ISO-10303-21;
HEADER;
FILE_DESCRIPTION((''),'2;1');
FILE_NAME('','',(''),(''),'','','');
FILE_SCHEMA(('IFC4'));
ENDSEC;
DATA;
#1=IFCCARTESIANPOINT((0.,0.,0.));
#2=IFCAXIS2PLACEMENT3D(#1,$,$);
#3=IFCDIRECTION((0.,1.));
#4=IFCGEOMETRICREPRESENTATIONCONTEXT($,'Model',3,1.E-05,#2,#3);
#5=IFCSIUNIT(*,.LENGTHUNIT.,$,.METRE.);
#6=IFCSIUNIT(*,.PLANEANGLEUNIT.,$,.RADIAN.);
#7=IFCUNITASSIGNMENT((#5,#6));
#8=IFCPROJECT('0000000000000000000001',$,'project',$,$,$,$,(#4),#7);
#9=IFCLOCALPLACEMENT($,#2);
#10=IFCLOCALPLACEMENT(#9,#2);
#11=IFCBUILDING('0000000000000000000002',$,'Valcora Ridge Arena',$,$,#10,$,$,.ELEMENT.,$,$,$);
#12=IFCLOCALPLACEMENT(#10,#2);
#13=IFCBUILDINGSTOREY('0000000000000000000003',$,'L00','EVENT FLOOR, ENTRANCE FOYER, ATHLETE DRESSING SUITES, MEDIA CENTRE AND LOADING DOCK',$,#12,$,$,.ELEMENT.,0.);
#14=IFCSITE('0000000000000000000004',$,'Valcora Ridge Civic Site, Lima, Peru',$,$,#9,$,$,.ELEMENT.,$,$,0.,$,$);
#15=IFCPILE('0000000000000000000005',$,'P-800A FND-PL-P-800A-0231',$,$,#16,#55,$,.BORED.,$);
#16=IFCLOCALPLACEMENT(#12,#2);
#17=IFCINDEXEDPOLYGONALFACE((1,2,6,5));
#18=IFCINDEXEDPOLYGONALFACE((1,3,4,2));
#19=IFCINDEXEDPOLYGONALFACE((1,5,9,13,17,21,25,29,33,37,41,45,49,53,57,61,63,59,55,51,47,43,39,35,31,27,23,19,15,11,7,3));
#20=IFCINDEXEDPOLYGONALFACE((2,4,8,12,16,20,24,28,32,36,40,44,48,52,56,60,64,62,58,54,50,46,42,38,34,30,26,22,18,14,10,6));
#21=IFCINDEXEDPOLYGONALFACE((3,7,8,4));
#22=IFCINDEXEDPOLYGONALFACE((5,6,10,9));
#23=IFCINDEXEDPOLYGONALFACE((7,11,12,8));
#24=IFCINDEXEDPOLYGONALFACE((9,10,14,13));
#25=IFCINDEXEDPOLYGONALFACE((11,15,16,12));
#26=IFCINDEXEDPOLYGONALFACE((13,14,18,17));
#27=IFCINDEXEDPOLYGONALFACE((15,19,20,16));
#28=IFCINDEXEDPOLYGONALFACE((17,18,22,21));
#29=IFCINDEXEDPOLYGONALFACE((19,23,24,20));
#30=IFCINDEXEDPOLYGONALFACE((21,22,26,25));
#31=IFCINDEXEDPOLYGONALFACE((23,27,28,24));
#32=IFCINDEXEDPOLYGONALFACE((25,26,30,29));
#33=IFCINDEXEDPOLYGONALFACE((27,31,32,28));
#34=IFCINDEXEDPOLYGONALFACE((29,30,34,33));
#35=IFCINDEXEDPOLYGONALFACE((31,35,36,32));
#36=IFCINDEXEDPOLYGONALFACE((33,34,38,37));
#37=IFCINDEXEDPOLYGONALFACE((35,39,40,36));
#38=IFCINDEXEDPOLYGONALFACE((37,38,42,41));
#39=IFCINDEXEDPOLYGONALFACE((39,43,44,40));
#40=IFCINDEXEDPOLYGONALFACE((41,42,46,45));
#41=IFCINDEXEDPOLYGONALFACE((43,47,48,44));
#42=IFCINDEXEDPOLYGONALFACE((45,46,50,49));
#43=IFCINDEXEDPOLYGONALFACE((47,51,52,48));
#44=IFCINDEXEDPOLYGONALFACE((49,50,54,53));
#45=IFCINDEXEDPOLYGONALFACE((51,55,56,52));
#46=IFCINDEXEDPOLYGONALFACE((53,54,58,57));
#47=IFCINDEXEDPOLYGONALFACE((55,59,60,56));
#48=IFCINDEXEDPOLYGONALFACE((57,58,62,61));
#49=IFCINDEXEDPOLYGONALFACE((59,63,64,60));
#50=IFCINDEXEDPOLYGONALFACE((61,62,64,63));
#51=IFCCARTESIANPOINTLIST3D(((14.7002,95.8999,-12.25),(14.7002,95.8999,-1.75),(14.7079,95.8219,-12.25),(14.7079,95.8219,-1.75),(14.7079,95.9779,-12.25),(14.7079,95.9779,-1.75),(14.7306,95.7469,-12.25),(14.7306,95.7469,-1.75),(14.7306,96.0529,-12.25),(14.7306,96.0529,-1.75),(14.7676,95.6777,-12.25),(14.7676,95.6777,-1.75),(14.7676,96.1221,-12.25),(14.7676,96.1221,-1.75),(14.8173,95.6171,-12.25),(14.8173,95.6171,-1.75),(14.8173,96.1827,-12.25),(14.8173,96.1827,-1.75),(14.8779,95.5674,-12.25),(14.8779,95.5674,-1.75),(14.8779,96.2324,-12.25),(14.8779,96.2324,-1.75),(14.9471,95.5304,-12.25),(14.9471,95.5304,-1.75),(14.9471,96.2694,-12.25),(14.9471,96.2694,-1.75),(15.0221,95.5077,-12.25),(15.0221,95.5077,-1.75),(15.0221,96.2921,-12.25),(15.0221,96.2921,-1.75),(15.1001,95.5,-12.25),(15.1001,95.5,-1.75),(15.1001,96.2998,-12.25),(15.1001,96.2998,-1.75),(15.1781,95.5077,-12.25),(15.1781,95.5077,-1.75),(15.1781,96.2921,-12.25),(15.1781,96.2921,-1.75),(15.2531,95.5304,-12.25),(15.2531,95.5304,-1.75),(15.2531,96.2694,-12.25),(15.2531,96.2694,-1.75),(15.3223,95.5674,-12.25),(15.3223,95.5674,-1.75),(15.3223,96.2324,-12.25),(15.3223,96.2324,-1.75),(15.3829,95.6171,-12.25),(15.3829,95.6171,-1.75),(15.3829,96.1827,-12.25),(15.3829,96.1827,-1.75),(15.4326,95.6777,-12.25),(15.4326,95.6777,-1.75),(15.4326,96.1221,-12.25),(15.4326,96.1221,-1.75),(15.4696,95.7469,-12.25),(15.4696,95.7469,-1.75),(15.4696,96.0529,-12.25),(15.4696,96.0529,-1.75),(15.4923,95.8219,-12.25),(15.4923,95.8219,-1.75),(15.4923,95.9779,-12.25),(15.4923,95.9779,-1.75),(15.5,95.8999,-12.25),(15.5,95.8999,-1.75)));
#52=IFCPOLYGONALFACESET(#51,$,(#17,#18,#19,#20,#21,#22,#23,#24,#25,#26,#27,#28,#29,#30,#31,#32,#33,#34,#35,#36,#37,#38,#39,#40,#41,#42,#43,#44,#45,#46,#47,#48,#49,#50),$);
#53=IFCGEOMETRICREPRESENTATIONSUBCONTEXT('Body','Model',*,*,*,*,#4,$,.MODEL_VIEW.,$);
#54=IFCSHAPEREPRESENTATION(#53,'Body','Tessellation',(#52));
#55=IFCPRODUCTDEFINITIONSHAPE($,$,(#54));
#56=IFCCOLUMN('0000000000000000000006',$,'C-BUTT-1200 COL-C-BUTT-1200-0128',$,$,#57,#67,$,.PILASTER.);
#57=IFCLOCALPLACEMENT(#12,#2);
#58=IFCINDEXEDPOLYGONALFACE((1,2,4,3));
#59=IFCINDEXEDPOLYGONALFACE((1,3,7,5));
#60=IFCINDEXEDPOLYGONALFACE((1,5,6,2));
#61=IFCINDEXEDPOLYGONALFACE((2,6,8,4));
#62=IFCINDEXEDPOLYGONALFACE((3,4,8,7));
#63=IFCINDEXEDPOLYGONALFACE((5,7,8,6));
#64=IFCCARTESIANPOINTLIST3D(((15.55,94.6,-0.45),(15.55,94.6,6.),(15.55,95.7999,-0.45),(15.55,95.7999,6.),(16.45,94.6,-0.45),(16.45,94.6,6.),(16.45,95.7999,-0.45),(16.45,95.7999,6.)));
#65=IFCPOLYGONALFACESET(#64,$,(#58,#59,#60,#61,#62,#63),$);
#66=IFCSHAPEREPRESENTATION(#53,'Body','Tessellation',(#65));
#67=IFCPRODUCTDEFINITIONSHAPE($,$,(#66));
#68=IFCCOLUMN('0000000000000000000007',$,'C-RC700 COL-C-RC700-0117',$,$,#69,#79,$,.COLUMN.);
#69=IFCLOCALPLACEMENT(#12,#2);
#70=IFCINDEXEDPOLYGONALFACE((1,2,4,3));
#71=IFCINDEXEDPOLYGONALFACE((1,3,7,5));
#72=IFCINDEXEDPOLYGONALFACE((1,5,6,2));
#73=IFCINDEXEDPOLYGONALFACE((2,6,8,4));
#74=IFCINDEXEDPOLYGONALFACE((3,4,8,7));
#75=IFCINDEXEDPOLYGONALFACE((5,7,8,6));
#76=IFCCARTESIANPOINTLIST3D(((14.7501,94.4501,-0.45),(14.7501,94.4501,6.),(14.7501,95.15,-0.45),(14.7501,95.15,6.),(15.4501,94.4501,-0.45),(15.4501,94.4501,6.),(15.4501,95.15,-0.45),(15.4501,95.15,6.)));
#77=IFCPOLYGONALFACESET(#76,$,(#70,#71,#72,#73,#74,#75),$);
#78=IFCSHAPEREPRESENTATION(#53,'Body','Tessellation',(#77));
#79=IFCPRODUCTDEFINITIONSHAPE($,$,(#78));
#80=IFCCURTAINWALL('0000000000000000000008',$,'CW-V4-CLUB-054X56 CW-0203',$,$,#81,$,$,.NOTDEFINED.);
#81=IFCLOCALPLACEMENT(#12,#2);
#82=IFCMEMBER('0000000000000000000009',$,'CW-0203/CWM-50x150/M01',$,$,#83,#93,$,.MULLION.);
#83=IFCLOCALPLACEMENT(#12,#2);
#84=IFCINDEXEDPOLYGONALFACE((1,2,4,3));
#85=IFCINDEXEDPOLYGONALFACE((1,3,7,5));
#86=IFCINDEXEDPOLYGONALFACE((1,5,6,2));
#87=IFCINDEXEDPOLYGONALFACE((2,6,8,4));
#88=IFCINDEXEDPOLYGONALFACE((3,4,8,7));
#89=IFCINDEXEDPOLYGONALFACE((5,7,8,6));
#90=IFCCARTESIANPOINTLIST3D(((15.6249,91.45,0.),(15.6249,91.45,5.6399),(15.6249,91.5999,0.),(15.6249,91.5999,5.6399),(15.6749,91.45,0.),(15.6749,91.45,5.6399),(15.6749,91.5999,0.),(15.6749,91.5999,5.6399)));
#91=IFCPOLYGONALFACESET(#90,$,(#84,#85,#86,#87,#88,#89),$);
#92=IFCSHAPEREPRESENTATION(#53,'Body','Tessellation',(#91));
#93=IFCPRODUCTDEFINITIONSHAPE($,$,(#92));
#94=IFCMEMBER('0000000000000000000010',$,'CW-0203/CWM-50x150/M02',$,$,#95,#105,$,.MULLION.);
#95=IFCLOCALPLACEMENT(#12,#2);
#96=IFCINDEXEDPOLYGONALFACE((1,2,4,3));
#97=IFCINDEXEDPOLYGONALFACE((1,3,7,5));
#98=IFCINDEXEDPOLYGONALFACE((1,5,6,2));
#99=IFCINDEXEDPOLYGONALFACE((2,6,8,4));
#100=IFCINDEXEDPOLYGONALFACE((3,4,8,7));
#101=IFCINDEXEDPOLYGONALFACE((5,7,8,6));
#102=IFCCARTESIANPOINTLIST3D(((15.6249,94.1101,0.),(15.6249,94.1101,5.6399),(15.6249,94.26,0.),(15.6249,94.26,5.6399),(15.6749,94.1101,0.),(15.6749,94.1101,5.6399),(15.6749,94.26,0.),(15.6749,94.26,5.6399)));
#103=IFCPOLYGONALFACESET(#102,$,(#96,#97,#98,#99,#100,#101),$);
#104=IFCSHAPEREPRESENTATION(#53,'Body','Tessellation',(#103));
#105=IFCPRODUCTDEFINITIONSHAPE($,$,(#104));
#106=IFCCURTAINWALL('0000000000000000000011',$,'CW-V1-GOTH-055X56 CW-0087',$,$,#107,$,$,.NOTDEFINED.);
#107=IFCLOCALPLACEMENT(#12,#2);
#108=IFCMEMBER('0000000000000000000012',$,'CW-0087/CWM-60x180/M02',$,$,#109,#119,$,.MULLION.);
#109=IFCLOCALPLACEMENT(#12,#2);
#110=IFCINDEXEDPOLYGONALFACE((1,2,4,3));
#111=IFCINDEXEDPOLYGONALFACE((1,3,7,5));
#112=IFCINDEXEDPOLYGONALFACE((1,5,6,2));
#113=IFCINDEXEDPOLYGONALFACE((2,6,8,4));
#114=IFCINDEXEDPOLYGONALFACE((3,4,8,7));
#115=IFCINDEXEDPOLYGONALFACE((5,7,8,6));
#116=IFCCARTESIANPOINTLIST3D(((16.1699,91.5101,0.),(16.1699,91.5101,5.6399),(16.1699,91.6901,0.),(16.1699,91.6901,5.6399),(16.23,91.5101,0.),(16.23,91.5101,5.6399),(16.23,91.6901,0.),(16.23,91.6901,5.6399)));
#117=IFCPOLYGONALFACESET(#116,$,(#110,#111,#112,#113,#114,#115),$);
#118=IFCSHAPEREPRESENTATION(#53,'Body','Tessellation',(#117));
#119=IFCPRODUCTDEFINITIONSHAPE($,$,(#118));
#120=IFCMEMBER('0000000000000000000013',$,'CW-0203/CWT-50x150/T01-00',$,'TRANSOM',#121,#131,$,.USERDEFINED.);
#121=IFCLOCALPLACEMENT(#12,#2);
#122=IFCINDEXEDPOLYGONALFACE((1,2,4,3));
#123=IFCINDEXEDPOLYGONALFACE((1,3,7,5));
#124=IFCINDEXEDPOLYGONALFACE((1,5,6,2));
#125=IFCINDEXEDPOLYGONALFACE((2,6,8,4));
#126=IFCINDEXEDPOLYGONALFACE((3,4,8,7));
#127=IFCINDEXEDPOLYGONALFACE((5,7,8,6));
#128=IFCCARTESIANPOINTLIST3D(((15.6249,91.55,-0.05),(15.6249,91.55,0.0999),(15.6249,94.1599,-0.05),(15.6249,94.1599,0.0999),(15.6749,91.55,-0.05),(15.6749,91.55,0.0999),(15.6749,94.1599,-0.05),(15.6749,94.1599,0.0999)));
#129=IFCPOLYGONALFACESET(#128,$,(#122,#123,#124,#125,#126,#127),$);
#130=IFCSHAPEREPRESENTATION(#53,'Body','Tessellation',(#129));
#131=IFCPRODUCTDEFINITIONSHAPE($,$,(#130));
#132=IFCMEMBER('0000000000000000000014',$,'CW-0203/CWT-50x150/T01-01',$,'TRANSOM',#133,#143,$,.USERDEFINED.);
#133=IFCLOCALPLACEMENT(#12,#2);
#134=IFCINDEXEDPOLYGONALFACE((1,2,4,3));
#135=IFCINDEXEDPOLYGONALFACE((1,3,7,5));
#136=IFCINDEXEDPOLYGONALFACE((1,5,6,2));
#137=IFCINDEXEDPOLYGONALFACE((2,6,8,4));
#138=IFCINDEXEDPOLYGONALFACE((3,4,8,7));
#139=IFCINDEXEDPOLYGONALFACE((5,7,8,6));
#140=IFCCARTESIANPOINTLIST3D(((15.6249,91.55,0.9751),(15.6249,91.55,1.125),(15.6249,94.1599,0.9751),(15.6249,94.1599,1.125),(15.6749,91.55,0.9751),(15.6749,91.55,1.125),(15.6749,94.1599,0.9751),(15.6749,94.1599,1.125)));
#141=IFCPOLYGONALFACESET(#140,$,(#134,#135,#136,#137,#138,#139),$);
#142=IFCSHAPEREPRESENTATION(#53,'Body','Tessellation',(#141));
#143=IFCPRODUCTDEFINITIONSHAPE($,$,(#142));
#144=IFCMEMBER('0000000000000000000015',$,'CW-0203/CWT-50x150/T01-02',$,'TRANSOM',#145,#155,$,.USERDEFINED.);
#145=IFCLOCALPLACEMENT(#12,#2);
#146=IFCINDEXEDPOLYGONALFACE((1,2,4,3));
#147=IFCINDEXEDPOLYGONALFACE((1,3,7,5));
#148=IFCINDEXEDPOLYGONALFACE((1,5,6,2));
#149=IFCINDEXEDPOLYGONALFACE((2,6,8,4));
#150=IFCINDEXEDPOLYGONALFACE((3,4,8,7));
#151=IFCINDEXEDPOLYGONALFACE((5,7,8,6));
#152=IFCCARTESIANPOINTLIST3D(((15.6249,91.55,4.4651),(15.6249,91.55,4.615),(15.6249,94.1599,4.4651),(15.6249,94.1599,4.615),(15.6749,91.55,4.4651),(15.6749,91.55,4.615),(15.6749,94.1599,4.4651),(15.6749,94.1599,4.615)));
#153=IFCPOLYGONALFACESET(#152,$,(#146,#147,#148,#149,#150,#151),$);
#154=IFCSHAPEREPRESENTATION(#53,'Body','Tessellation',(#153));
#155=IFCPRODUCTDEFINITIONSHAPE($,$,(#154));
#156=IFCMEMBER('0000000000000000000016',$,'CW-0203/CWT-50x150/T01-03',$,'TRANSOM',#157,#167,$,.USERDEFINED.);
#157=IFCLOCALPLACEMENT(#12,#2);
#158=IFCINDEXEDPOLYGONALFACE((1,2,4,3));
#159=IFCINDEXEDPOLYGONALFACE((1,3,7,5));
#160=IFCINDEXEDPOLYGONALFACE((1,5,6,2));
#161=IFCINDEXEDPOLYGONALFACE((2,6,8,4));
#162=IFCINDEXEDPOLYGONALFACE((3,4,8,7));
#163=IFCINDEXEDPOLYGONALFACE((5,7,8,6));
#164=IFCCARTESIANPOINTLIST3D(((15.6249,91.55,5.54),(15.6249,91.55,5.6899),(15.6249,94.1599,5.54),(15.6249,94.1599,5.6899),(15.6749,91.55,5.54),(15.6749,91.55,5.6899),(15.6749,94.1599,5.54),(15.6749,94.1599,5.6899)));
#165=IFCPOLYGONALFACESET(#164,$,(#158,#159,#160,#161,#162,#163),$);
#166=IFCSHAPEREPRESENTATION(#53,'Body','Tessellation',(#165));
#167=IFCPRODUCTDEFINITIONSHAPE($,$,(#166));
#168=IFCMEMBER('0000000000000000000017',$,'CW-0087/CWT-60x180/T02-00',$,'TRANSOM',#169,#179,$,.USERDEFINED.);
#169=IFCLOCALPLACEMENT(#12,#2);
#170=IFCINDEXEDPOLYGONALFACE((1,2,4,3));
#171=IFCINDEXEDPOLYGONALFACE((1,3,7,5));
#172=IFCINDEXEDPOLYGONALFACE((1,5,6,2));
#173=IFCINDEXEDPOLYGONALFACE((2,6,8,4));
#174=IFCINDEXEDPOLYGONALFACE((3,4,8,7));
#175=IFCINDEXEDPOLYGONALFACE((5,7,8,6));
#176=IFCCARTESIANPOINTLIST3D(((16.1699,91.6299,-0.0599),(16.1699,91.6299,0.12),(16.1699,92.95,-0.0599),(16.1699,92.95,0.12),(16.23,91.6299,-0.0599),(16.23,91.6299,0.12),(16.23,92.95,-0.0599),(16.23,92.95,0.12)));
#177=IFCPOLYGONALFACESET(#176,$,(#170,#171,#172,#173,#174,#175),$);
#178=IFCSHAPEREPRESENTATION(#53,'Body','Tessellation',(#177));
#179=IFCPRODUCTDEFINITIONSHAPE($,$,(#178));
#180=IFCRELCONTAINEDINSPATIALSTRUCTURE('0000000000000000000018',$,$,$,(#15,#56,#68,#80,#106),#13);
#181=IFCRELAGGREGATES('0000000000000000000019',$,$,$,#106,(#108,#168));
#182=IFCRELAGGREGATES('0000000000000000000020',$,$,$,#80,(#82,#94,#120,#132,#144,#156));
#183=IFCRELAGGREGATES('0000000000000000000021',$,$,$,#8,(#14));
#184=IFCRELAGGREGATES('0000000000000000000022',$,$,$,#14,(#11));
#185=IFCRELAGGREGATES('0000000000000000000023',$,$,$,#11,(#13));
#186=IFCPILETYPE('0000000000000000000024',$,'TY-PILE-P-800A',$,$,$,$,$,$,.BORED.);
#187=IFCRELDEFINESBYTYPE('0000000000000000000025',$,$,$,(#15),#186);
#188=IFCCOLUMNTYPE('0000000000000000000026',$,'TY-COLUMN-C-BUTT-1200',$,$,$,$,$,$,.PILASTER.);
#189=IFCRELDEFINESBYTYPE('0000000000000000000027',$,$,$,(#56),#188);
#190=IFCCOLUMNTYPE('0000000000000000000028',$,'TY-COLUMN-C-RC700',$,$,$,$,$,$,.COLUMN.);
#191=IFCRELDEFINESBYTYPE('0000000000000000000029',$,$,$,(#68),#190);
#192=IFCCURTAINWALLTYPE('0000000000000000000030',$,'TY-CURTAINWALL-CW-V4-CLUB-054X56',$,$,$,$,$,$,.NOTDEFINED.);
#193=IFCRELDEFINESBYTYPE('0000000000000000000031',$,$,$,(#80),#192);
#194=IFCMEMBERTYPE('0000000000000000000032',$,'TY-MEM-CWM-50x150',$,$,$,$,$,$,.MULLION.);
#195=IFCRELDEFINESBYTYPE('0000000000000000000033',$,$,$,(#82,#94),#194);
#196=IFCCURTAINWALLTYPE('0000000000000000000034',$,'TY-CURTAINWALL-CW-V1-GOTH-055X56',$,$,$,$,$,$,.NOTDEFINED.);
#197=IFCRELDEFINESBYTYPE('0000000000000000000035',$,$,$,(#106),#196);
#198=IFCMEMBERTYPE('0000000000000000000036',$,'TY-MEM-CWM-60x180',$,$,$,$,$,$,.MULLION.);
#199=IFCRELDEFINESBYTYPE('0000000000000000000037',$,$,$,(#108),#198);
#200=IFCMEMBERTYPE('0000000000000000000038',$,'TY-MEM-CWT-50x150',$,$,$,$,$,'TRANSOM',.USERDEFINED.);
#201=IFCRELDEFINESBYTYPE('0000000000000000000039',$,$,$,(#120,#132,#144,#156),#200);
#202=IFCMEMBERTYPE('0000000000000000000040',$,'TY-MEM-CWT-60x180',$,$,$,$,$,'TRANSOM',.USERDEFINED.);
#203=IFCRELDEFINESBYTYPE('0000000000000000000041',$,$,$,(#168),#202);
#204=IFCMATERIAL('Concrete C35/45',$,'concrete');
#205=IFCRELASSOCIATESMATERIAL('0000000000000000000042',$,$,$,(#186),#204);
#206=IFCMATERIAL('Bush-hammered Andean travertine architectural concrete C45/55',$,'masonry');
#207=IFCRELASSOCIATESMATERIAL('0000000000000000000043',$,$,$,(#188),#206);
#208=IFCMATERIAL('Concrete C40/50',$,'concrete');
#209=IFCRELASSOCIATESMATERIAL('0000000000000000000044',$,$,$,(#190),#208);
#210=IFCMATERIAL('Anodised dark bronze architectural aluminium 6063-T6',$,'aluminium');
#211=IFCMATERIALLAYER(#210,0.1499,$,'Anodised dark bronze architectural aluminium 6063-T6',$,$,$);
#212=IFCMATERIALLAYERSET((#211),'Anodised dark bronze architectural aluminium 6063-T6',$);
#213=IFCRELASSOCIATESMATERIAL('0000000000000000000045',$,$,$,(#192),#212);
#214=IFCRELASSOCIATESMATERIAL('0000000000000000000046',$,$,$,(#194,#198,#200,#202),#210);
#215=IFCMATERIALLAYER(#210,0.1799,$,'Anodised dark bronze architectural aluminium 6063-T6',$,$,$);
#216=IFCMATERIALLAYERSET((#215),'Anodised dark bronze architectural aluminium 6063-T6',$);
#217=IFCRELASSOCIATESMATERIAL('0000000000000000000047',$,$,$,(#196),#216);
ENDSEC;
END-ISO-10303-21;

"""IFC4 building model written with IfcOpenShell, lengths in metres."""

from ifc_helpers import new_model, si_unit, direction, frame, origin, origin_2d, place, context, subcontext, project, spatial, rectangle, circle, extrude, material, layer, layer_set, material_profile, profile_set, type_object, element, aggregate, save


model = new_model("IFC4")

# Units and contexts
model_context = context("Model", 3, precision=1e-05, world=origin(), true_north=direction((0.0, 1.0)))
body_context = subcontext(model_context, "Body", "Model", "MODEL_VIEW")
ifc_project = project(units=[si_unit("LENGTHUNIT", "METRE"), si_unit("PLANEANGLEUNIT", "RADIAN")], contexts=[model_context])

# Site, building, storey
site_placement = place(None, origin())
site = spatial("IfcSite", under=ifc_project, at=site_placement, Name="Valcora Ridge Civic Site, Lima, Peru", CompositionType="ELEMENT", RefElevation=0.0)
building_placement = place(site_placement, origin())
building = spatial("IfcBuilding", under=site, at=building_placement, Name="Valcora Ridge Arena", CompositionType="ELEMENT")
storey_placement = place(building_placement, origin())
storey = spatial("IfcBuildingStorey", under=building, at=storey_placement, Name="L00", Description="EVENT FLOOR, ENTRANCE FOYER, ATHLETE DRESSING SUITES, MEDIA CENTRE AND LOADING DOCK", CompositionType="ELEMENT", Elevation=0.0)

# Pile
ifc_material_1 = material(Name="Concrete C35/45", Category="concrete")
ifc_material_profile_1 = material_profile(ifc_material_1, circle(Radius=0.3999, at=origin_2d()), Name="BORED PILE D800")
ifc_profile_set_1 = profile_set([ifc_material_profile_1], Name="Concrete C35/45")
pile_type = type_object("IfcPileType", Name="TY-PILE-P-800A", PredefinedType="BORED", material=ifc_profile_set_1)
pile_placement = place(storey_placement, frame((15.1001, 95.8999, -1.75), z_axis=(0.0, 0.0, -1.0), x_axis=(1.0, 0.0, 0.0)))
element("IfcPile", 1, at=pile_placement, inside=storey, type_object=pile_type, Name="P-800A FND-PL-P-800A-0231", PredefinedType="BORED", context=body_context, shape_type="SweptSolid", body=[
    extrude(circle(Radius=0.3999, at=origin_2d()), origin(), (0.0, 0.0, 1.0), 10.5),
])

# Columns
ifc_material_2 = material(Name="Bush-hammered Andean travertine architectural concrete C45/55", Category="masonry")
ifc_material_profile_2 = material_profile(ifc_material_2, rectangle(XDim=0.8999, YDim=1.2, at=origin_2d()), Name="RC 900x1200")
ifc_profile_set_2 = profile_set([ifc_material_profile_2], Name="Bush-hammered Andean travertine architectural concrete C45/55")
column_type_1 = type_object("IfcColumnType", Name="TY-COLUMN-C-BUTT-1200", PredefinedType="PILASTER", material=ifc_profile_set_2)
column_1_placement = place(storey_placement, frame((16.0, 95.2, -0.45), z_axis=(0.0, 0.0, 1.0), x_axis=(1.0, 0.0, 0.0)))
element("IfcColumn", 2, at=column_1_placement, inside=storey, type_object=column_type_1, Name="C-BUTT-1200 COL-C-BUTT-1200-0128", PredefinedType="PILASTER", context=body_context, shape_type="SweptSolid", body=[
    extrude(rectangle(XDim=0.8999, YDim=1.2, at=origin_2d()), origin(), (0.0, 0.0, 1.0), 6.45),
])
ifc_material_3 = material(Name="Concrete C40/50", Category="concrete")
ifc_material_profile_3 = material_profile(ifc_material_3, rectangle(XDim=0.7, YDim=0.7, at=origin_2d()), Name="RC 700x700")
ifc_profile_set_3 = profile_set([ifc_material_profile_3], Name="Concrete C40/50")
column_type_2 = type_object("IfcColumnType", Name="TY-COLUMN-C-RC700", PredefinedType="COLUMN", material=ifc_profile_set_3)
column_2_placement = place(storey_placement, frame((15.1001, 94.8, -0.45), z_axis=(0.0, 0.0, 1.0), x_axis=(1.0, 0.0, 0.0)))
element("IfcColumn", 3, at=column_2_placement, inside=storey, type_object=column_type_2, Name="C-RC700 COL-C-RC700-0117", PredefinedType="COLUMN", context=body_context, shape_type="SweptSolid", body=[
    extrude(rectangle(XDim=0.7, YDim=0.7, at=origin_2d()), origin(), (0.0, 0.0, 1.0), 6.45),
])

# Curtain wall, members
ifc_material_4 = material(Name="Anodised dark bronze architectural aluminium 6063-T6", Category="aluminium")
ifc_layer_1 = layer(ifc_material_4, 0.1499, Name="Anodised dark bronze architectural aluminium 6063-T6")
ifc_layer_set_1 = layer_set([ifc_layer_1], Name="Anodised dark bronze architectural aluminium 6063-T6")
curtain_wall_type_1 = type_object("IfcCurtainWallType", Name="TY-CURTAINWALL-CW-V4-CLUB-054X56", PredefinedType="NOTDEFINED", material=ifc_layer_set_1)
curtain_wall_1_placement = place(storey_placement, origin())
curtain_wall_1 = element("IfcCurtainWall", 4, at=curtain_wall_1_placement, inside=storey, type_object=curtain_wall_type_1, Name="CW-V4-CLUB-054X56 CW-0203", PredefinedType="NOTDEFINED")
ifc_material_profile_4 = material_profile(ifc_material_4, rectangle(XDim=0.05, YDim=0.1499, at=origin_2d()), Name="ALU MULLION 50x150")
ifc_profile_set_4 = profile_set([ifc_material_profile_4], Name="Anodised dark bronze architectural aluminium 6063-T6")
member_type_1 = type_object("IfcMemberType", Name="TY-MEM-CWM-50x150", PredefinedType="MULLION", material=ifc_profile_set_4)
member_1_placement = place(storey_placement, frame((15.6499, 91.5249, 0.0), z_axis=(0.0, 0.0, 1.0), x_axis=(-1.0, 0.0, 0.0)))
member_1 = element("IfcMember", 5, at=member_1_placement, type_object=member_type_1, Name="CW-0203/CWM-50x150/M01", PredefinedType="MULLION", context=body_context, shape_type="SweptSolid", body=[
    extrude(rectangle(XDim=0.05, YDim=0.1499, at=origin_2d()), origin(), (0.0, 0.0, 1.0), 5.6399),
])
member_2_placement = place(storey_placement, frame((15.6499, 94.1851, 0.0), z_axis=(0.0, 0.0, 1.0), x_axis=(-1.0, 0.0, 0.0)))
member_2 = element("IfcMember", 6, at=member_2_placement, type_object=member_type_1, Name="CW-0203/CWM-50x150/M02", PredefinedType="MULLION", context=body_context, shape_type="SweptSolid", body=[
    extrude(rectangle(XDim=0.05, YDim=0.1499, at=origin_2d()), origin(), (0.0, 0.0, 1.0), 5.6399),
])

# Curtain wall, member
ifc_layer_2 = layer(ifc_material_4, 0.1799, Name="Anodised dark bronze architectural aluminium 6063-T6")
ifc_layer_set_2 = layer_set([ifc_layer_2], Name="Anodised dark bronze architectural aluminium 6063-T6")
curtain_wall_type_2 = type_object("IfcCurtainWallType", Name="TY-CURTAINWALL-CW-V1-GOTH-055X56", PredefinedType="NOTDEFINED", material=ifc_layer_set_2)
curtain_wall_2_placement = place(storey_placement, origin())
curtain_wall_2 = element("IfcCurtainWall", 7, at=curtain_wall_2_placement, inside=storey, type_object=curtain_wall_type_2, Name="CW-V1-GOTH-055X56 CW-0087", PredefinedType="NOTDEFINED")
ifc_material_profile_5 = material_profile(ifc_material_4, rectangle(XDim=0.0601, YDim=0.1799, at=origin_2d()), Name="ALU MULLION 60x180")
ifc_profile_set_5 = profile_set([ifc_material_profile_5], Name="Anodised dark bronze architectural aluminium 6063-T6")
member_type_2 = type_object("IfcMemberType", Name="TY-MEM-CWM-60x180", PredefinedType="MULLION", material=ifc_profile_set_5)
member_3_placement = place(storey_placement, frame((16.2, 91.6001, 0.0), z_axis=(0.0, 0.0, 1.0), x_axis=(-1.0, 0.0, 0.0)))
member_3 = element("IfcMember", 8, at=member_3_placement, type_object=member_type_2, Name="CW-0087/CWM-60x180/M02", PredefinedType="MULLION", context=body_context, shape_type="SweptSolid", body=[
    extrude(rectangle(XDim=0.0601, YDim=0.1799, at=origin_2d()), origin(), (0.0, 0.0, 1.0), 5.6399),
])

# Members
ifc_material_profile_6 = material_profile(ifc_material_4, rectangle(XDim=0.05, YDim=0.1499, at=origin_2d()), Name="ALU TRANSOM 50x150")
ifc_profile_set_6 = profile_set([ifc_material_profile_6], Name="Anodised dark bronze architectural aluminium 6063-T6")
member_type_3 = type_object("IfcMemberType", Name="TY-MEM-CWT-50x150", ElementType="TRANSOM", PredefinedType="USERDEFINED", material=ifc_profile_set_6)
member_4_placement = place(storey_placement, frame((15.6499, 91.55, 0.0249), z_axis=(0.0, 1.0, 0.0), x_axis=(-1.0, 0.0, 0.0)))
member_4 = element("IfcMember", 9, at=member_4_placement, type_object=member_type_3, Name="CW-0203/CWT-50x150/T01-00", ObjectType="TRANSOM", PredefinedType="USERDEFINED", context=body_context, shape_type="SweptSolid", body=[
    extrude(rectangle(XDim=0.05, YDim=0.1499, at=origin_2d()), origin(), (0.0, 0.0, 1.0), 2.6099),
])
member_5_placement = place(storey_placement, frame((15.6499, 91.55, 1.05), z_axis=(0.0, 1.0, 0.0), x_axis=(-1.0, 0.0, 0.0)))
member_5 = element("IfcMember", 10, at=member_5_placement, type_object=member_type_3, Name="CW-0203/CWT-50x150/T01-01", ObjectType="TRANSOM", PredefinedType="USERDEFINED", context=body_context, shape_type="SweptSolid", body=[
    extrude(rectangle(XDim=0.05, YDim=0.1499, at=origin_2d()), origin(), (0.0, 0.0, 1.0), 2.6099),
])
member_6_placement = place(storey_placement, frame((15.6499, 91.55, 4.54), z_axis=(0.0, 1.0, 0.0), x_axis=(-1.0, 0.0, 0.0)))
member_6 = element("IfcMember", 11, at=member_6_placement, type_object=member_type_3, Name="CW-0203/CWT-50x150/T01-02", ObjectType="TRANSOM", PredefinedType="USERDEFINED", context=body_context, shape_type="SweptSolid", body=[
    extrude(rectangle(XDim=0.05, YDim=0.1499, at=origin_2d()), origin(), (0.0, 0.0, 1.0), 2.6099),
])
member_7_placement = place(storey_placement, frame((15.6499, 91.55, 5.615), z_axis=(0.0, 1.0, 0.0), x_axis=(-1.0, 0.0, 0.0)))
member_7 = element("IfcMember", 12, at=member_7_placement, type_object=member_type_3, Name="CW-0203/CWT-50x150/T01-03", ObjectType="TRANSOM", PredefinedType="USERDEFINED", context=body_context, shape_type="SweptSolid", body=[
    extrude(rectangle(XDim=0.05, YDim=0.1499, at=origin_2d()), origin(), (0.0, 0.0, 1.0), 2.6099),
])
ifc_material_profile_7 = material_profile(ifc_material_4, rectangle(XDim=0.0601, YDim=0.1799, at=origin_2d()), Name="ALU TRANSOM 60x180")
ifc_profile_set_7 = profile_set([ifc_material_profile_7], Name="Anodised dark bronze architectural aluminium 6063-T6")
member_type_4 = type_object("IfcMemberType", Name="TY-MEM-CWT-60x180", ElementType="TRANSOM", PredefinedType="USERDEFINED", material=ifc_profile_set_7)
member_8_placement = place(storey_placement, frame((16.2, 91.6299, 0.03), z_axis=(0.0, 1.0, 0.0), x_axis=(-1.0, 0.0, 0.0)))
member_8 = element("IfcMember", 13, at=member_8_placement, type_object=member_type_4, Name="CW-0087/CWT-60x180/T02-00", ObjectType="TRANSOM", PredefinedType="USERDEFINED", context=body_context, shape_type="SweptSolid", body=[
    extrude(rectangle(XDim=0.0601, YDim=0.1799, at=origin_2d()), origin(), (0.0, 0.0, 1.0), 1.3201),
])

aggregate(curtain_wall_2, [member_3, member_8])
aggregate(curtain_wall_1, [member_1, member_2, member_4, member_5, member_6, member_7])

save(model, "model.ifc")
